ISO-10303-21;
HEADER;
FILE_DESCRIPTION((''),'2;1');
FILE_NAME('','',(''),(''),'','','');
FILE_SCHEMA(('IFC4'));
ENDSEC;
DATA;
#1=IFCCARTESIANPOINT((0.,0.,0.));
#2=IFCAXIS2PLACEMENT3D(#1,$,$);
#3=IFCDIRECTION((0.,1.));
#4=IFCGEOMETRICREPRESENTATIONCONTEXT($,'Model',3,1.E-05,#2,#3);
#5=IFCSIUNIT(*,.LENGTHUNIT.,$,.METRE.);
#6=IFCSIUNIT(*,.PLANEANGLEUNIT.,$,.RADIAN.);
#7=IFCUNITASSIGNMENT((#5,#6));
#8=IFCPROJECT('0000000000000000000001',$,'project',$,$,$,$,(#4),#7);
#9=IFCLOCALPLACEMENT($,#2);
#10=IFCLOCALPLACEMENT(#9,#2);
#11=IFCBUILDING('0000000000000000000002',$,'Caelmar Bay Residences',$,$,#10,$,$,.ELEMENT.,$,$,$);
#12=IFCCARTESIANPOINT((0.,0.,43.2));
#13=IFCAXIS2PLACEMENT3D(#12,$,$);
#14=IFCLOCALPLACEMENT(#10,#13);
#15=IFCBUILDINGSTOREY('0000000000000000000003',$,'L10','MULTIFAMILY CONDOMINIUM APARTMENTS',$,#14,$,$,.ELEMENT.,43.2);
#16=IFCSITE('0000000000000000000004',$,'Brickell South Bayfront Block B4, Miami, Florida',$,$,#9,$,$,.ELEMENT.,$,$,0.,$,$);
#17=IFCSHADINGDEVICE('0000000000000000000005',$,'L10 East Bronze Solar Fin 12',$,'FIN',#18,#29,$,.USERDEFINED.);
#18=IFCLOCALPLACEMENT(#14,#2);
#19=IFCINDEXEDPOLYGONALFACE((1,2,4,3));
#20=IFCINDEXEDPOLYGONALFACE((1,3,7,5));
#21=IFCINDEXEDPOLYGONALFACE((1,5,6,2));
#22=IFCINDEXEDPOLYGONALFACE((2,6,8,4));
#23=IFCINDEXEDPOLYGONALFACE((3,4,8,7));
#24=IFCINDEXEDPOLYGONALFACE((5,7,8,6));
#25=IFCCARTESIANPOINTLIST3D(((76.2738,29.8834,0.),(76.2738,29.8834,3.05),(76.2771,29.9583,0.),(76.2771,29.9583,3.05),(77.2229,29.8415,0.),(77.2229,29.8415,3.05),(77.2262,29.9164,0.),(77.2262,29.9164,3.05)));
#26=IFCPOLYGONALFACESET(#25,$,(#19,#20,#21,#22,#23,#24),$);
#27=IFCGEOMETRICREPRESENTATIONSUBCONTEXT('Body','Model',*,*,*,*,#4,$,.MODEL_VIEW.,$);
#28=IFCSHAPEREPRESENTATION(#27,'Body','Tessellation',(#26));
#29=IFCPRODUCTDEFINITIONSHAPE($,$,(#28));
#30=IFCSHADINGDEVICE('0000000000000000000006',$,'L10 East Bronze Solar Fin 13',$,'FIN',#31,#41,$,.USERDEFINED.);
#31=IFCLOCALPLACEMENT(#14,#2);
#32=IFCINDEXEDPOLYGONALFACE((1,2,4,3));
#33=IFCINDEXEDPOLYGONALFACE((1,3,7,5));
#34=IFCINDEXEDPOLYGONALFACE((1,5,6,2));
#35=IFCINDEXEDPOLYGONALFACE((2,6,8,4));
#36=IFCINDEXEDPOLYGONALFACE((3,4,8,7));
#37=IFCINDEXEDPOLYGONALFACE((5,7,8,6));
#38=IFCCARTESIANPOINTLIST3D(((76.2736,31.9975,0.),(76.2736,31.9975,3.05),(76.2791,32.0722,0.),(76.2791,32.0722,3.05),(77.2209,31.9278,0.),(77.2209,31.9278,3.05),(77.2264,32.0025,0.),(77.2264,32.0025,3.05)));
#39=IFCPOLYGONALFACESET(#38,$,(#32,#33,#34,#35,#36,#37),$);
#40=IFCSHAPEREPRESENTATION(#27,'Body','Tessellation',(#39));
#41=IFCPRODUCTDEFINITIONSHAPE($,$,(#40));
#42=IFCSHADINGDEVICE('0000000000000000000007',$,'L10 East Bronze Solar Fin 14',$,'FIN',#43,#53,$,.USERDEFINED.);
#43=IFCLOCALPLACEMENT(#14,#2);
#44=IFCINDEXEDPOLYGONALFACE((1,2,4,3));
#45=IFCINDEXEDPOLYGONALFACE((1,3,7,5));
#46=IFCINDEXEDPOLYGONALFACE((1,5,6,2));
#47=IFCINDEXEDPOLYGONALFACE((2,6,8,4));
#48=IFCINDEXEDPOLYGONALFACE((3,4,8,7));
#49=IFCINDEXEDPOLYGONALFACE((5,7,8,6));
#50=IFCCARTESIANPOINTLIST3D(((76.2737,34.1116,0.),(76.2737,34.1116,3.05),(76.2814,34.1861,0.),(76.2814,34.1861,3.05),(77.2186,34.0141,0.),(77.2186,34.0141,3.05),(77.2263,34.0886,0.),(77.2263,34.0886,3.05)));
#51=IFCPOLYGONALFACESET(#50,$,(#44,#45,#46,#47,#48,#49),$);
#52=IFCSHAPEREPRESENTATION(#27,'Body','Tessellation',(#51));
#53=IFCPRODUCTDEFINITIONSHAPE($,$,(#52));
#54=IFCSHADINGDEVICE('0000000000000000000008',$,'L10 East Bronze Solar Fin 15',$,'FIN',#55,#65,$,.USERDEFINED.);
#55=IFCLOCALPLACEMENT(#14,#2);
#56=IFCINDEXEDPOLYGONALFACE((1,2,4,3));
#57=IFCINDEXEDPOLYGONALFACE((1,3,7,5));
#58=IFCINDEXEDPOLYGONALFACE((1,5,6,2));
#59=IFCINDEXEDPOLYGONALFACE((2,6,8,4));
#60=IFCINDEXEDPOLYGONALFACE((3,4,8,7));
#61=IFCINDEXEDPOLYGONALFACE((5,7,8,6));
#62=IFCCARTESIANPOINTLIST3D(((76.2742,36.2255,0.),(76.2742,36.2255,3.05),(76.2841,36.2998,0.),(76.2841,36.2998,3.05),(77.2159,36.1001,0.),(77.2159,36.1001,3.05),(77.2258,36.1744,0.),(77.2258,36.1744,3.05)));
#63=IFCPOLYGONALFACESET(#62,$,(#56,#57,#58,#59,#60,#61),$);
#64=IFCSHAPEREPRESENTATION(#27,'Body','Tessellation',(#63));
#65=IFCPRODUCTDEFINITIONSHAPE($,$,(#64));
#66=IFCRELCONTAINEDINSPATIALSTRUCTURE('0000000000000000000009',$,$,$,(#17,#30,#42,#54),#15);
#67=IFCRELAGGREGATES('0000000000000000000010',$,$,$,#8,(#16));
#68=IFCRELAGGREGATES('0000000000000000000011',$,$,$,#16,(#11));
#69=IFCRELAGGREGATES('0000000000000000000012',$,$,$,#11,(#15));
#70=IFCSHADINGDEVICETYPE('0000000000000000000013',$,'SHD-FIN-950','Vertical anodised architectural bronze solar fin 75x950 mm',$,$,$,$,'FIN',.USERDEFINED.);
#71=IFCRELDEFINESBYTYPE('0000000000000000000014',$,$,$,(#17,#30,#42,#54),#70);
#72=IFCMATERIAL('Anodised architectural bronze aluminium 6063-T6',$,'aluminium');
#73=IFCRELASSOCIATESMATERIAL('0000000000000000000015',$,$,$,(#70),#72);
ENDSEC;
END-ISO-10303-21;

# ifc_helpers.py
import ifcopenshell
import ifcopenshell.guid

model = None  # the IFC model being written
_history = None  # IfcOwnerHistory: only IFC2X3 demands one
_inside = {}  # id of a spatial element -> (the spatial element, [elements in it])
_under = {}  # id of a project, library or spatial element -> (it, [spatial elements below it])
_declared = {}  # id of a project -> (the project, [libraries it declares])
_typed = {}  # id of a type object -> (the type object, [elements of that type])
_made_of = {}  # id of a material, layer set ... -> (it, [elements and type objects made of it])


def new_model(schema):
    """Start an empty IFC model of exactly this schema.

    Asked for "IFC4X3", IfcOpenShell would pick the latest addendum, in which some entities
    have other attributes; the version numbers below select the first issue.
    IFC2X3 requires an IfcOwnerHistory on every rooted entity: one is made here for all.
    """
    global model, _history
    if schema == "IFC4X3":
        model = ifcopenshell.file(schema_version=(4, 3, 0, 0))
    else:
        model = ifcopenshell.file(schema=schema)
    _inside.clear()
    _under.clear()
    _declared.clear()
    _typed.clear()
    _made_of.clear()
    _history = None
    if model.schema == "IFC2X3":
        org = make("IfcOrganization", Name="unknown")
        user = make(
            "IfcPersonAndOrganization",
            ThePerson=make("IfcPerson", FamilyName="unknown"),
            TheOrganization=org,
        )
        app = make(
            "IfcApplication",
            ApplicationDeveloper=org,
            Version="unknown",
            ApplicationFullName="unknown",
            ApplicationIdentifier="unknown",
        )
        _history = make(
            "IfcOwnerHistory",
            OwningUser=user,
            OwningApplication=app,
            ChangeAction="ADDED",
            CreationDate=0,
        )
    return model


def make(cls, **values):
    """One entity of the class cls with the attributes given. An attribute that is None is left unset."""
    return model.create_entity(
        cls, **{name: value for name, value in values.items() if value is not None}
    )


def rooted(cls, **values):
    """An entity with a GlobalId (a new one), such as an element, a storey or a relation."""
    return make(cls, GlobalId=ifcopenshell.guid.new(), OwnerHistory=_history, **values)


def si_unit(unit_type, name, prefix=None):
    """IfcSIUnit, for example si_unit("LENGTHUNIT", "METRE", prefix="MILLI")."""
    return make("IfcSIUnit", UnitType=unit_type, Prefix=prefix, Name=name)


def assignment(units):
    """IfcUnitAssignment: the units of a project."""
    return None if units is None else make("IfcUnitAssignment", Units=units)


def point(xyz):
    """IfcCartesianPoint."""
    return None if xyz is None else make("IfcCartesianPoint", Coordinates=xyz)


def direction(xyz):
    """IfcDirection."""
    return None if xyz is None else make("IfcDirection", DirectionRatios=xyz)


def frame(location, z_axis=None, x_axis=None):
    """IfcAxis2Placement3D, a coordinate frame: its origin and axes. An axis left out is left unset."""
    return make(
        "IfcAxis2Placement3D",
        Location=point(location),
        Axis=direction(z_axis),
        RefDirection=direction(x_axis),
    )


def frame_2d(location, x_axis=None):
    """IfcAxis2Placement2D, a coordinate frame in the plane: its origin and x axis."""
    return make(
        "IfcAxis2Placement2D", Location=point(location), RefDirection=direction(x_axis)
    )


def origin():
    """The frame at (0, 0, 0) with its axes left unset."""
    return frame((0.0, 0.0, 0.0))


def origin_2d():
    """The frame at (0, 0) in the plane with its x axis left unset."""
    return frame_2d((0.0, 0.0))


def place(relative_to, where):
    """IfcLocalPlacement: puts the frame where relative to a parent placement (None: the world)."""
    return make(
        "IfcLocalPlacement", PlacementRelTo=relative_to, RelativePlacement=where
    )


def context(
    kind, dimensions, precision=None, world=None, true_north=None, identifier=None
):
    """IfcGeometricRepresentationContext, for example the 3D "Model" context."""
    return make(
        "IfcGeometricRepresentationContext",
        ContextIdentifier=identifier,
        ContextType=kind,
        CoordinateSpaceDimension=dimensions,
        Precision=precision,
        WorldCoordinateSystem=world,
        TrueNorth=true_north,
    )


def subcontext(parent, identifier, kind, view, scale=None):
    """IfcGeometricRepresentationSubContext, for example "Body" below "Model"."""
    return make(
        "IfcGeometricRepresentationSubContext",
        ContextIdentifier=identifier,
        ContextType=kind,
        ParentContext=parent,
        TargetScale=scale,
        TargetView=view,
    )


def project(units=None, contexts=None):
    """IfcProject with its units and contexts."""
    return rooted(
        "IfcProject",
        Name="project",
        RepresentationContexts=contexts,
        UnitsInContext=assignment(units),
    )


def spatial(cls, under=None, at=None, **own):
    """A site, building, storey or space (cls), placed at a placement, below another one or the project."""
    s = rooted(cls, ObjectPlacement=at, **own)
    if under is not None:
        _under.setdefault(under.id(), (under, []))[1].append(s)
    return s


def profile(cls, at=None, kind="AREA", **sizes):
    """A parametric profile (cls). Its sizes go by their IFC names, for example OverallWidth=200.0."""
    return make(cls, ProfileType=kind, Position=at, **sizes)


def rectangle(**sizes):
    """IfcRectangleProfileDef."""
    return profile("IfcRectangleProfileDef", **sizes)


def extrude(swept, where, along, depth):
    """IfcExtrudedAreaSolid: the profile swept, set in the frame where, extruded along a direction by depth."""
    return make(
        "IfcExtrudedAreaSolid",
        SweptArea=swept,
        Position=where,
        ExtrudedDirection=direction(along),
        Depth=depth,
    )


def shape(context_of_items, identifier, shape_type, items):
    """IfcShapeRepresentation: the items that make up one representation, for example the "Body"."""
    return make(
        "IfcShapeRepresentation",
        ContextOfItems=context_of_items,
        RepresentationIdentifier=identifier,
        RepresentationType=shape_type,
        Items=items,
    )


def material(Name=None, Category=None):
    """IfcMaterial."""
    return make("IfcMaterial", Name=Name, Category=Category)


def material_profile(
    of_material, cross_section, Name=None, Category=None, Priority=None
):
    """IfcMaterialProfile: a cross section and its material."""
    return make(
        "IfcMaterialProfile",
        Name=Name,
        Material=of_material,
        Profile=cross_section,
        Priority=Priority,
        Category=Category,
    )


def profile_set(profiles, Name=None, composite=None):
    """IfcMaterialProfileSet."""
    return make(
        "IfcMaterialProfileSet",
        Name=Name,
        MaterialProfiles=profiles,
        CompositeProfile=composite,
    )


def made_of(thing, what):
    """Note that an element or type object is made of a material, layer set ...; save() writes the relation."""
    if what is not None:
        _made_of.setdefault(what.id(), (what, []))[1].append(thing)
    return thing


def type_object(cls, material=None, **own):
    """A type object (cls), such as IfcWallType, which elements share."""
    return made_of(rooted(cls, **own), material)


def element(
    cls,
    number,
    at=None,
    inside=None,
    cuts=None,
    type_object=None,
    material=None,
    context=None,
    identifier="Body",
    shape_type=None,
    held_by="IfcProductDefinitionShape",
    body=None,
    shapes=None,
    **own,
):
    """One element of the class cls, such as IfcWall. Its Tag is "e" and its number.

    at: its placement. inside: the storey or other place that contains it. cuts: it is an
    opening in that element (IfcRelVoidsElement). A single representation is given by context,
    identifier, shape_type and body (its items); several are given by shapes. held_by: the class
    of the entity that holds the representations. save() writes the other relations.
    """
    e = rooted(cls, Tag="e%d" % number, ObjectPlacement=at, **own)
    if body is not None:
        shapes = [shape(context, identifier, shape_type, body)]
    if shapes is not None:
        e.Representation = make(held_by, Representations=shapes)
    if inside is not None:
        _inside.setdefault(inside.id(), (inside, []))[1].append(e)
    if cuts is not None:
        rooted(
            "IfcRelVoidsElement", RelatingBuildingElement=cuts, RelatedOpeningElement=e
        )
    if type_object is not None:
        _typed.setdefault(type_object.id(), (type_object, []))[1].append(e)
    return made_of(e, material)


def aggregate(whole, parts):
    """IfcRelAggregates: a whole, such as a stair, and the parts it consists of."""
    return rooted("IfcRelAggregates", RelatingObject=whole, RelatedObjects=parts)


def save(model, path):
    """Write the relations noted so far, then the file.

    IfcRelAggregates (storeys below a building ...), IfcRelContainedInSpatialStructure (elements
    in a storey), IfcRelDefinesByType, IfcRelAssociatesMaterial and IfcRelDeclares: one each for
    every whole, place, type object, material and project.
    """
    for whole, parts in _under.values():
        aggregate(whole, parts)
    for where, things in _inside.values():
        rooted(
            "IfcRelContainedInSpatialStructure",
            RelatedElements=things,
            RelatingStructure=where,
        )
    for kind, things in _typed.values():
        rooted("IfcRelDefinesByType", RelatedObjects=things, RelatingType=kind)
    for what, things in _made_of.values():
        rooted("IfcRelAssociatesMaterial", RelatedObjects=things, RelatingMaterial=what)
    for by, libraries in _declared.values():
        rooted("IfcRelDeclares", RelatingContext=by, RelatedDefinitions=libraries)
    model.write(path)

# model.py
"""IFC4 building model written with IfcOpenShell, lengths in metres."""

from ifc_helpers import new_model, si_unit, direction, frame, origin, origin_2d, place, context, subcontext, project, spatial, rectangle, extrude, material, material_profile, profile_set, type_object, element, save


model = new_model("IFC4")

# Units and contexts
model_context = context("Model", 3, precision=1e-05, world=origin(), true_north=direction((0.0, 1.0)))
body_context = subcontext(model_context, "Body", "Model", "MODEL_VIEW")
ifc_project = project(units=[si_unit("LENGTHUNIT", "METRE"), si_unit("PLANEANGLEUNIT", "RADIAN")], contexts=[model_context])

# Site, building, storey
site_placement = place(None, origin())
site = spatial("IfcSite", under=ifc_project, at=site_placement, Name="Brickell South Bayfront Block B4, Miami, Florida", CompositionType="ELEMENT", RefElevation=0.0)
building_placement = place(site_placement, origin())
building = spatial("IfcBuilding", under=site, at=building_placement, Name="Caelmar Bay Residences", CompositionType="ELEMENT")
storey_placement = place(building_placement, frame((0.0, 0.0, 43.2)))
storey = spatial("IfcBuildingStorey", under=building, at=storey_placement, Name="L10", Description="MULTIFAMILY CONDOMINIUM APARTMENTS", CompositionType="ELEMENT", Elevation=43.2)

# Shading devices
ifc_material_1 = material(Name="Anodised architectural bronze aluminium 6063-T6", Category="aluminium")
ifc_material_profile_1 = material_profile(ifc_material_1, rectangle(XDim=0.075, YDim=0.95, at=origin_2d()), Name="BRONZE-FIN-75X950")
ifc_profile_set_1 = profile_set([ifc_material_profile_1], Name="Anodised architectural bronze aluminium 6063-T6")
shading_device_type = type_object("IfcShadingDeviceType", Name="SHD-FIN-950", Description="Vertical anodised architectural bronze solar fin 75x950 mm", ElementType="FIN", PredefinedType="USERDEFINED", material=ifc_profile_set_1)
for number, where, z_axis, x_axis, name in (
    (1, (76.75, 29.8999, 0.0), (0.0, 0.0, 1.0), (0.044142, 0.999025, 0.0), "L10 East Bronze Solar Fin 12"),
    (2, (76.75, 32.0, 0.0), (0.0, 0.0, 1.0), (0.073412, 0.997302, 0.0), "L10 East Bronze Solar Fin 13"),
    (3, (76.75, 34.1001, 0.0), (0.0, 0.0, 1.0), (0.102619, 0.994721, 0.0), "L10 East Bronze Solar Fin 14"),
    (4, (76.75, 36.2, 0.0), (0.0, 0.0, 1.0), (0.13191, 0.991262, 0.0), "L10 East Bronze Solar Fin 15"),
):
    element("IfcShadingDevice", number, at=place(storey_placement, frame(where, z_axis=z_axis, x_axis=x_axis)), inside=storey, type_object=shading_device_type, Name=name, ObjectType="FIN", PredefinedType="USERDEFINED", context=body_context, shape_type="SweptSolid", body=[
        extrude(rectangle(XDim=0.075, YDim=0.95, at=origin_2d()), origin(), (0.0, 0.0, 1.0), 3.05),
    ])

save(model, "model.ifc")
